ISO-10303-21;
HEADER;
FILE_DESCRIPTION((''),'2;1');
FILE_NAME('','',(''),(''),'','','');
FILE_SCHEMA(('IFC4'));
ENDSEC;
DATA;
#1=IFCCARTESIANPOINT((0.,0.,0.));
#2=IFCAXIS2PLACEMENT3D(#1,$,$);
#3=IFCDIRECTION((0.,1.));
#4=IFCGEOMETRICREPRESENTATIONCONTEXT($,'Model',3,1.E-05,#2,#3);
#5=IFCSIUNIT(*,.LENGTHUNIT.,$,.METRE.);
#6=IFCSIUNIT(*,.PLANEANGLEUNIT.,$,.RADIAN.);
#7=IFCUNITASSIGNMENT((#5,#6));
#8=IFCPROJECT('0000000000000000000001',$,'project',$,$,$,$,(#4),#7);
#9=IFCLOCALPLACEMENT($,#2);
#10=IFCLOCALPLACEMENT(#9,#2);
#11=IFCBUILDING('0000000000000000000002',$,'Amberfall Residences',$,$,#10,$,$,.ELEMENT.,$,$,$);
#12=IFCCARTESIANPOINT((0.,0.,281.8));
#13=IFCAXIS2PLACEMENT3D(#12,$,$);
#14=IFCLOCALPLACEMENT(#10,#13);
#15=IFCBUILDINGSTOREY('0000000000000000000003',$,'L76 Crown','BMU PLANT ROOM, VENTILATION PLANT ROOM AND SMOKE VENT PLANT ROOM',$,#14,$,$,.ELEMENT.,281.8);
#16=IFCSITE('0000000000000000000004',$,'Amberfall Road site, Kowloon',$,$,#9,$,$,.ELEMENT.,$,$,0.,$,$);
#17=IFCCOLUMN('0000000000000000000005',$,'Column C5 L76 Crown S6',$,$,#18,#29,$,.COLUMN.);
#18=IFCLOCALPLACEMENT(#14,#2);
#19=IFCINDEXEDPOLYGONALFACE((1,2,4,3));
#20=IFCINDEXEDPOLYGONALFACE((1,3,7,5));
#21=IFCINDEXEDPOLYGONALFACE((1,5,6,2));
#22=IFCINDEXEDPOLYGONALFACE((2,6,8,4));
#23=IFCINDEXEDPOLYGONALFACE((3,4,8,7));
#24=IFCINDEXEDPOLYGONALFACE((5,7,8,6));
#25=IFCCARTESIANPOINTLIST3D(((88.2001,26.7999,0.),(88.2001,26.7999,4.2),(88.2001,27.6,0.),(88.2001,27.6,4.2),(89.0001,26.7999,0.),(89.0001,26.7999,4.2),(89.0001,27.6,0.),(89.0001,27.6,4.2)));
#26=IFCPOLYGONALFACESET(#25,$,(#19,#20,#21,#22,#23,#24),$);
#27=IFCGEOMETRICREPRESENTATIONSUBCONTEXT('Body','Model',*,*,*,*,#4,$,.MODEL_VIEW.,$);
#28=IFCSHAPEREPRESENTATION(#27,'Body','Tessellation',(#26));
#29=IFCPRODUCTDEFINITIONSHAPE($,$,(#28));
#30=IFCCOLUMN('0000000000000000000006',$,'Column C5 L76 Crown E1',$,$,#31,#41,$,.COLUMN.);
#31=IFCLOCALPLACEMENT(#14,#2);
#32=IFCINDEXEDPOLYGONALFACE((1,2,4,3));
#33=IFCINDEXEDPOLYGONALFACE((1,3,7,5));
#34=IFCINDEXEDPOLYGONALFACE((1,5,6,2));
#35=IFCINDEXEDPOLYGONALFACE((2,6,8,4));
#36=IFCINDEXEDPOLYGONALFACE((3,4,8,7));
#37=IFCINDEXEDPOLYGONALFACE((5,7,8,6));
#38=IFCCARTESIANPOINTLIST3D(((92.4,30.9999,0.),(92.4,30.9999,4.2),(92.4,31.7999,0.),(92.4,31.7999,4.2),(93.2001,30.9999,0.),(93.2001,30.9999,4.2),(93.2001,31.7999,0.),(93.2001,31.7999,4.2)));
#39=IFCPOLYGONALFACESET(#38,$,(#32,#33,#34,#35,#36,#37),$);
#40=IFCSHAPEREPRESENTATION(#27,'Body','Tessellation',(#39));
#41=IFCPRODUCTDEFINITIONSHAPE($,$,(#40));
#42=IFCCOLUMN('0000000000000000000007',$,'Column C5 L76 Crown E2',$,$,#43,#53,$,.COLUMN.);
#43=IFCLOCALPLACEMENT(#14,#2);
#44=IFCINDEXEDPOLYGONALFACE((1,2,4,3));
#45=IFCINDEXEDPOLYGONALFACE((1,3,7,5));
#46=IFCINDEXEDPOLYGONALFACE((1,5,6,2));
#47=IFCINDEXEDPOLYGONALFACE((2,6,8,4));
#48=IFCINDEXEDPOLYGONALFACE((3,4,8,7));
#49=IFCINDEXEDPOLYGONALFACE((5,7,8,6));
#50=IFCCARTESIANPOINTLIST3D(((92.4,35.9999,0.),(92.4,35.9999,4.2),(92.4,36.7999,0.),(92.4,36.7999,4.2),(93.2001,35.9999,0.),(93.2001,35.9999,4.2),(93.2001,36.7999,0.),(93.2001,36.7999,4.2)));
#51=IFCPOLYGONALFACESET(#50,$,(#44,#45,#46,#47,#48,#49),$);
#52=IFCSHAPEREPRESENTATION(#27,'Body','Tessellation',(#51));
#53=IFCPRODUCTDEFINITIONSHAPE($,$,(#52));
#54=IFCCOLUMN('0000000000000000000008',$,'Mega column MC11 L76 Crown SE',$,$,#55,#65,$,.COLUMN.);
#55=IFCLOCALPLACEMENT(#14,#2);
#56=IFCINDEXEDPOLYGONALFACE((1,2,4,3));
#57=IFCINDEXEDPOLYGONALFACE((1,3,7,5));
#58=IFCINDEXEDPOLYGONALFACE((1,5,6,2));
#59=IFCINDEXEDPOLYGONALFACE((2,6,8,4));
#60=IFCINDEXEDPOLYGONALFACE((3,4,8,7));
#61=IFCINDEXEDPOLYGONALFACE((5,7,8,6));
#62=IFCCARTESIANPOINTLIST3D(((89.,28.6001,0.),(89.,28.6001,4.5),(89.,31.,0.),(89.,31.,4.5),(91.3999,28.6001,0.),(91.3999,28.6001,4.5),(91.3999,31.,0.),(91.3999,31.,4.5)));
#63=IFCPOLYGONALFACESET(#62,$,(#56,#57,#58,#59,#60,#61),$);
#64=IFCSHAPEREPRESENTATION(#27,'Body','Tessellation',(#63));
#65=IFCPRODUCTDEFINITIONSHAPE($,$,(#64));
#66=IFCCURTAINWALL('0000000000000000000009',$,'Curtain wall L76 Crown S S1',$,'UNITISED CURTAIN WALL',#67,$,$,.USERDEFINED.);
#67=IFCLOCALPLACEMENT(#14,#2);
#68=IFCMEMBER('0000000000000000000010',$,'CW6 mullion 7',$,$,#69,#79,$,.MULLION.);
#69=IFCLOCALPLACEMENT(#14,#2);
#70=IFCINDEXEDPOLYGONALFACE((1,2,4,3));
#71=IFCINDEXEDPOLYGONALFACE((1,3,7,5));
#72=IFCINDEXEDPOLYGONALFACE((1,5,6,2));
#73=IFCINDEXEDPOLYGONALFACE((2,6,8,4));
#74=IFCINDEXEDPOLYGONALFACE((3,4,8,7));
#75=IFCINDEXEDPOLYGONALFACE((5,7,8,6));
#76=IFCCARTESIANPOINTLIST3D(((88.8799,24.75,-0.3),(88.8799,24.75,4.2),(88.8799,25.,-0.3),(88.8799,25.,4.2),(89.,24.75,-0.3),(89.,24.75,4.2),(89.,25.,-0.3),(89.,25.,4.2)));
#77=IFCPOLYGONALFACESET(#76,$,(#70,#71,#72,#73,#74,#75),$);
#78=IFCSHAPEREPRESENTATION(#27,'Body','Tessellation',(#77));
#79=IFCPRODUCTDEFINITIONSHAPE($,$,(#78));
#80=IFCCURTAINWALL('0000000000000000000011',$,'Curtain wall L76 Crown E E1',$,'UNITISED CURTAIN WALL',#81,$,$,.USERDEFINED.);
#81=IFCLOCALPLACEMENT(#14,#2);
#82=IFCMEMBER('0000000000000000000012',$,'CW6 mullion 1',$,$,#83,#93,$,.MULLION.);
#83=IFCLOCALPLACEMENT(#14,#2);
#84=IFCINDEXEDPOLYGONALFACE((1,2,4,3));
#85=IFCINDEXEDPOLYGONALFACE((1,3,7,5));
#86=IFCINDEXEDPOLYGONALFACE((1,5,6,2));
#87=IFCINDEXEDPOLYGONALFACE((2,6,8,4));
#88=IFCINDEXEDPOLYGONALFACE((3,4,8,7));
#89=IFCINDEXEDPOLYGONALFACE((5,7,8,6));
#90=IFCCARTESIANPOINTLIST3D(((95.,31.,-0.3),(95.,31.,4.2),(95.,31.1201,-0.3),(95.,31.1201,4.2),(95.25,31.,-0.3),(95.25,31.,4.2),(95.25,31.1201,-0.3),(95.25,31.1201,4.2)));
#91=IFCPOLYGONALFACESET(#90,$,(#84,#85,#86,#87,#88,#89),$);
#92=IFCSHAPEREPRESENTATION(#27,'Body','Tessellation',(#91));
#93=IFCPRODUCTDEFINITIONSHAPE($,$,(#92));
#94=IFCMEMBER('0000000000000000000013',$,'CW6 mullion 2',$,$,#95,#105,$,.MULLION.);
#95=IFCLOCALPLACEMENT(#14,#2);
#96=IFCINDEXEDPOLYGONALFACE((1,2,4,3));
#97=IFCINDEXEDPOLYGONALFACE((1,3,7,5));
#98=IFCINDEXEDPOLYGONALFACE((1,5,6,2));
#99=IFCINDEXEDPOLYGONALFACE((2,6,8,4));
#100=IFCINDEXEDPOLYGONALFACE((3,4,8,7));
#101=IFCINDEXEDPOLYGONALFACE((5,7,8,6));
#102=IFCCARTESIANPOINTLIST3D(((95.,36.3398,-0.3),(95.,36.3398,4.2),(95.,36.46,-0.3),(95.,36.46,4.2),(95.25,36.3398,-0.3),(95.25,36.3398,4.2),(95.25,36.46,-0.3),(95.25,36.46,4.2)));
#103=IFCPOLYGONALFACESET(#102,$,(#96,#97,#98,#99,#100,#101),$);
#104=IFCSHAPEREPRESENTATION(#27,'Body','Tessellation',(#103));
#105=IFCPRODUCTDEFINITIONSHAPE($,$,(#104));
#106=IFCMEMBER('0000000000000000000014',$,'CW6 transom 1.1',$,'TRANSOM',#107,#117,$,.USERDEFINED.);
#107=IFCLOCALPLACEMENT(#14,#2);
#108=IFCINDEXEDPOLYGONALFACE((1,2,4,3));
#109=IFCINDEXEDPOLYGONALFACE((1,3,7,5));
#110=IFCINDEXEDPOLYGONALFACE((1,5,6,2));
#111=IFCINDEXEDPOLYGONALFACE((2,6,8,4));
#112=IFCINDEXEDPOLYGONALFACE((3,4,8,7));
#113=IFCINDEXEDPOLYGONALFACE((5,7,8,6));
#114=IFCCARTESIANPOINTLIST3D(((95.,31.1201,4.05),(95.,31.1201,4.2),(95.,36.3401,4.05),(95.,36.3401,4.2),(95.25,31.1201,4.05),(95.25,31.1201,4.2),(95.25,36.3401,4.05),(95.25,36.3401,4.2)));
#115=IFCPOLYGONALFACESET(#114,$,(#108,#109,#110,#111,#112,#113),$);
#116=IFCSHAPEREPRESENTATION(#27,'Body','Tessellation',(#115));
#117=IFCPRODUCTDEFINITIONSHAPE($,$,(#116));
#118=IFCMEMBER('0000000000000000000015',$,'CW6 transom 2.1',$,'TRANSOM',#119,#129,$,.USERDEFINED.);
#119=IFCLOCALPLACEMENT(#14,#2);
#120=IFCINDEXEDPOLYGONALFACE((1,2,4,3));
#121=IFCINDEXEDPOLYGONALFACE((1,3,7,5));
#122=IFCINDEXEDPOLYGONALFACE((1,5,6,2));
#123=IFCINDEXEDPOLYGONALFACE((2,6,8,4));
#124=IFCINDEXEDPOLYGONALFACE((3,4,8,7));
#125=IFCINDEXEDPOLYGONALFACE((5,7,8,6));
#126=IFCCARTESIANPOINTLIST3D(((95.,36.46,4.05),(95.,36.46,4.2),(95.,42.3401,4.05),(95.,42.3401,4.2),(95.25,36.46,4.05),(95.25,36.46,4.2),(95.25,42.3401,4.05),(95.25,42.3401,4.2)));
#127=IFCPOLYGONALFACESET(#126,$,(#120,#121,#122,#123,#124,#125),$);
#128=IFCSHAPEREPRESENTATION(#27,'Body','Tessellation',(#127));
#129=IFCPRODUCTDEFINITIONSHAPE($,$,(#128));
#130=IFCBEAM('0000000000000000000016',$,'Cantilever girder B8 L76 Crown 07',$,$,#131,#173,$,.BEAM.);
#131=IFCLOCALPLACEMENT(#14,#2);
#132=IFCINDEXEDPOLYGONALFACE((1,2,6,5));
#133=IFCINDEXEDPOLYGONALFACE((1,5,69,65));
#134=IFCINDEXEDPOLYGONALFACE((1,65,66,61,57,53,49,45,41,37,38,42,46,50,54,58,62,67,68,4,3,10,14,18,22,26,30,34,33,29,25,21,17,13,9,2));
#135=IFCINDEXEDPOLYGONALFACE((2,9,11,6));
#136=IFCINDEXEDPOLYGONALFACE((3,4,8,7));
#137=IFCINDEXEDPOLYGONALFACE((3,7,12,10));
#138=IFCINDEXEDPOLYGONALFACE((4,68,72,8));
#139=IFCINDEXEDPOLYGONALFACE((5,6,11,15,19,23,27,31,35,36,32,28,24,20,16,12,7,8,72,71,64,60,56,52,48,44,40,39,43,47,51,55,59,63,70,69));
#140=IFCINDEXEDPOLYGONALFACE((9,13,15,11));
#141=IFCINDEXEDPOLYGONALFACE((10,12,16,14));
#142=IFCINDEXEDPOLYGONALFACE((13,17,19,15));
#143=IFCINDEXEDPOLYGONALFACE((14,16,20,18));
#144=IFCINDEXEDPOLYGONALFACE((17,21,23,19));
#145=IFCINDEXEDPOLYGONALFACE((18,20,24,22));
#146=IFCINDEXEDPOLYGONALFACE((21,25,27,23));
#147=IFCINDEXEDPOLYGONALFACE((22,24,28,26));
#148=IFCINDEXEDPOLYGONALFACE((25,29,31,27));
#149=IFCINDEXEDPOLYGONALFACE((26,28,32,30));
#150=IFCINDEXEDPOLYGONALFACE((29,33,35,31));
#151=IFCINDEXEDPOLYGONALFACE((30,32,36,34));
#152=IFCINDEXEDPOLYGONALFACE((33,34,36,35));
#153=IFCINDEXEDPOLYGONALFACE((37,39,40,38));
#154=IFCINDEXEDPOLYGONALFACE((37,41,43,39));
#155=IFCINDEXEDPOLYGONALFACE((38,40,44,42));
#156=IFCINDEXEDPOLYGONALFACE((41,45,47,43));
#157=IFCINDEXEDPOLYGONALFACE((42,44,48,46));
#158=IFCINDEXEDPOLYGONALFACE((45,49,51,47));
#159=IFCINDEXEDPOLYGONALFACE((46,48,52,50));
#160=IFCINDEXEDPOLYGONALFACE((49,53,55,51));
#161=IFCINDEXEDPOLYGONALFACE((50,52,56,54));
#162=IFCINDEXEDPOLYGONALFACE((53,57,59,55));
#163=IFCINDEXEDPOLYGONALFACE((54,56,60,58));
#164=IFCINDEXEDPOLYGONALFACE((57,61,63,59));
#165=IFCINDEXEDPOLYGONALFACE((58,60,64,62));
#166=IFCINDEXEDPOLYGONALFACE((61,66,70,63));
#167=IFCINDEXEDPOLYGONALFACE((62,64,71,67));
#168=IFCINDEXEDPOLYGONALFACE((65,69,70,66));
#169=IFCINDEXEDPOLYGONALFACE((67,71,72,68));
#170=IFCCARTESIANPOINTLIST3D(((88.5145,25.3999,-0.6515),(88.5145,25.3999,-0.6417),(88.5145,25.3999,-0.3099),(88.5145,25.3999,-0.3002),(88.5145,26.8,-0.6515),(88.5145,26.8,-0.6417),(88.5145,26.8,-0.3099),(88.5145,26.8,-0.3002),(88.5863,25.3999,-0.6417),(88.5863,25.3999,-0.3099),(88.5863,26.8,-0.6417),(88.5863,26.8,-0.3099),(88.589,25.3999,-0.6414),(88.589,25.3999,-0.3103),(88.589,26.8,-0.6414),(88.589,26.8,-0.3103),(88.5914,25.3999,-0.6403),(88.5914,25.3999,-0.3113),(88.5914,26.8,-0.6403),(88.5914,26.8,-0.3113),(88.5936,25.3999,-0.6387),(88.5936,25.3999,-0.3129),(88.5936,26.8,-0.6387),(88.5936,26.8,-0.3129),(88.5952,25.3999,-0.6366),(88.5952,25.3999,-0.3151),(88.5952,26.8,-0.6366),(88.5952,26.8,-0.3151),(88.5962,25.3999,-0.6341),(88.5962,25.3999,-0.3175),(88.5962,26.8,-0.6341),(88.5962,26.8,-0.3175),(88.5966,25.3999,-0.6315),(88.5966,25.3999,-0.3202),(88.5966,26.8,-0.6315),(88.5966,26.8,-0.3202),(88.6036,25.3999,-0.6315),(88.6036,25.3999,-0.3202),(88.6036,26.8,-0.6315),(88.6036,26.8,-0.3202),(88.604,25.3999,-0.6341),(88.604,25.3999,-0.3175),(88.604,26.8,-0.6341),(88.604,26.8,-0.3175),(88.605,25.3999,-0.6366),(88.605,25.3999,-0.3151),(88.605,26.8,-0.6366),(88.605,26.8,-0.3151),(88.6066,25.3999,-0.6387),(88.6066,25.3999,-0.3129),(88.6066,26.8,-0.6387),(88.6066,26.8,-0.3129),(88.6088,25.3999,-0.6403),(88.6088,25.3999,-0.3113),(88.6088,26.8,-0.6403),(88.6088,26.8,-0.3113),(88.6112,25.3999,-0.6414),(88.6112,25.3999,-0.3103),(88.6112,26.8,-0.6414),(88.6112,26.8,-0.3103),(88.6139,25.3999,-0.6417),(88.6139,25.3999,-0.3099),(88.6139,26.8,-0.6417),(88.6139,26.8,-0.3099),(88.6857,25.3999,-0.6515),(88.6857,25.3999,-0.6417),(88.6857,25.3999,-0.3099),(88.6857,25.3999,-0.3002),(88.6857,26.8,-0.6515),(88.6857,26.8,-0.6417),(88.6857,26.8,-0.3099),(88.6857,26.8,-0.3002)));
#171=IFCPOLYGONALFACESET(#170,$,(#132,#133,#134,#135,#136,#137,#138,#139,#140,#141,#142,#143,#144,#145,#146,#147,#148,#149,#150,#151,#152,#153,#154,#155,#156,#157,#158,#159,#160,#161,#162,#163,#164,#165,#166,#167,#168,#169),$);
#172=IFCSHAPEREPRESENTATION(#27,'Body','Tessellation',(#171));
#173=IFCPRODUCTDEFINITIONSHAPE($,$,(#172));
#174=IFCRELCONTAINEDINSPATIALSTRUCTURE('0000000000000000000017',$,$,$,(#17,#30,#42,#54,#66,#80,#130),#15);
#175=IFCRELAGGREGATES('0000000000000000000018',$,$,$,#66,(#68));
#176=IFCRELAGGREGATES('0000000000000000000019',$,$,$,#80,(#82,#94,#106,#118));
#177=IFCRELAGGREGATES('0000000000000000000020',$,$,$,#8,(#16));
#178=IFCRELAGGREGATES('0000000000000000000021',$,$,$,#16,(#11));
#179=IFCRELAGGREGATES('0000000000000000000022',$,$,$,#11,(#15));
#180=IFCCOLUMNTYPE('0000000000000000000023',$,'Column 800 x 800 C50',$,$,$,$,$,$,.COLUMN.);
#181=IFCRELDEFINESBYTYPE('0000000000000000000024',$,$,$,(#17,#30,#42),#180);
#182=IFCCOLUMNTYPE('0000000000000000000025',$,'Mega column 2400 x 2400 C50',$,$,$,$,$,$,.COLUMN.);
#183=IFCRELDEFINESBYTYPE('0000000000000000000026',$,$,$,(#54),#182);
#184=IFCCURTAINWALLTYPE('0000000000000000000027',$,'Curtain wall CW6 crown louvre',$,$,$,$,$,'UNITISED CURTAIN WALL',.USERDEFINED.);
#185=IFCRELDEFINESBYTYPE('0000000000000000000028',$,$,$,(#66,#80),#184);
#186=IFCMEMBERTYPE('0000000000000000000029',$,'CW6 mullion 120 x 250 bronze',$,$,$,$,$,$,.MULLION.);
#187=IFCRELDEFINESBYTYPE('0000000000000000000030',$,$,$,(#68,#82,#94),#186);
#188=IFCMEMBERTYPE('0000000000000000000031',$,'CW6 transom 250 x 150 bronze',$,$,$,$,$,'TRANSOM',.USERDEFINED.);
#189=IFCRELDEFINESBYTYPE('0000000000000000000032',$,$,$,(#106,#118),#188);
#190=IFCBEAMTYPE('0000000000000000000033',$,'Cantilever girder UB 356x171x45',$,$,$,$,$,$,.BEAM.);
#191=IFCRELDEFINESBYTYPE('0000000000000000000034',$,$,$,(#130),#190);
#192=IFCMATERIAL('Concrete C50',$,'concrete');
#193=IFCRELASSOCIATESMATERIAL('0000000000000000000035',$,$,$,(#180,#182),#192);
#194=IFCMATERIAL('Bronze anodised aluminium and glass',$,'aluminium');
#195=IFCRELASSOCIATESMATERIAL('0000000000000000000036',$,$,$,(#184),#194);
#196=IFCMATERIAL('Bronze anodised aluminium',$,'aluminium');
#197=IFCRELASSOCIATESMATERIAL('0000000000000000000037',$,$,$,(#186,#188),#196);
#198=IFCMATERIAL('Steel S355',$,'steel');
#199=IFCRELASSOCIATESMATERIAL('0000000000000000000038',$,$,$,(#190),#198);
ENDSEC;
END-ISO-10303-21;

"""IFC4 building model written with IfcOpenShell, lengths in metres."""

from ifc_helpers import new_model, si_unit, direction, frame, origin, origin_2d, place, context, subcontext, project, spatial, rectangle, i_section, extrude, material, material_profile, profile_set, type_object, element, aggregate, save


model = new_model("IFC4")

# Units and contexts
model_context = context("Model", 3, precision=1e-05, world=origin(), true_north=direction((0.0, 1.0)))
body_context = subcontext(model_context, "Body", "Model", "MODEL_VIEW")
ifc_project = project(units=[si_unit("LENGTHUNIT", "METRE"), si_unit("PLANEANGLEUNIT", "RADIAN")], contexts=[model_context])

# Site, building, storey
site_placement = place(None, origin())
site = spatial("IfcSite", under=ifc_project, at=site_placement, Name="Amberfall Road site, Kowloon", CompositionType="ELEMENT", RefElevation=0.0)
building_placement = place(site_placement, origin())
building = spatial("IfcBuilding", under=site, at=building_placement, Name="Amberfall Residences", CompositionType="ELEMENT")
storey_placement = place(building_placement, frame((0.0, 0.0, 281.8)))
storey = spatial("IfcBuildingStorey", under=building, at=storey_placement, Name="L76 Crown", Description="BMU PLANT ROOM, VENTILATION PLANT ROOM AND SMOKE VENT PLANT ROOM", CompositionType="ELEMENT", Elevation=281.8)

# Columns
ifc_material_1 = material(Name="Concrete C50", Category="concrete")
ifc_material_profile_1 = material_profile(ifc_material_1, rectangle(XDim=0.8, YDim=0.8, at=origin_2d()), Name="Column 800 x 800 C50")
ifc_profile_set_1 = profile_set([ifc_material_profile_1], Name="Concrete C50")
column_type_1 = type_object("IfcColumnType", Name="Column 800 x 800 C50", PredefinedType="COLUMN", material=ifc_profile_set_1)
for number, where, z_axis, x_axis, name in (
    (1, (88.6001, 27.2, 0.0), (0.0, 0.0, 1.0), (1.0, 0.0, 0.0), "Column C5 L76 Crown S6"),
    (2, (92.8, 31.3999, 0.0), (0.0, 0.0, 1.0), (1.0, 0.0, 0.0), "Column C5 L76 Crown E1"),
    (3, (92.8, 36.3999, 0.0), (0.0, 0.0, 1.0), (1.0, 0.0, 0.0), "Column C5 L76 Crown E2"),
):
    element("IfcColumn", number, at=place(storey_placement, frame(where, z_axis=z_axis, x_axis=x_axis)), inside=storey, type_object=column_type_1, Name=name, PredefinedType="COLUMN", context=body_context, shape_type="SweptSolid", body=[
        extrude(rectangle(XDim=0.8, YDim=0.8, at=origin_2d()), origin(), (0.0, 0.0, 1.0), 4.2),
    ])
ifc_material_profile_2 = material_profile(ifc_material_1, rectangle(XDim=2.3999, YDim=2.3999, at=origin_2d()), Name="Mega column 2400 x 2400 C50")
ifc_profile_set_2 = profile_set([ifc_material_profile_2], Name="Concrete C50")
column_type_2 = type_object("IfcColumnType", Name="Mega column 2400 x 2400 C50", PredefinedType="COLUMN", material=ifc_profile_set_2)
column_placement = place(storey_placement, frame((90.2, 29.8, 0.0), z_axis=(0.0, 0.0, 1.0), x_axis=(1.0, 0.0, 0.0)))
element("IfcColumn", 4, at=column_placement, inside=storey, type_object=column_type_2, Name="Mega column MC11 L76 Crown SE", PredefinedType="COLUMN", context=body_context, shape_type="SweptSolid", body=[
    extrude(rectangle(XDim=2.3999, YDim=2.3999, at=origin_2d()), origin(), (0.0, 0.0, 1.0), 4.5),
])

# Curtain wall, member
ifc_material_2 = material(Name="Bronze anodised aluminium and glass", Category="aluminium")
curtain_wall_type = type_object("IfcCurtainWallType", Name="Curtain wall CW6 crown louvre", ElementType="UNITISED CURTAIN WALL", PredefinedType="USERDEFINED", material=ifc_material_2)
curtain_wall_1_placement = place(storey_placement, origin())
curtain_wall_1 = element("IfcCurtainWall", 5, at=curtain_wall_1_placement, inside=storey, type_object=curtain_wall_type, Name="Curtain wall L76 Crown S S1", ObjectType="UNITISED CURTAIN WALL", PredefinedType="USERDEFINED")
ifc_material_3 = material(Name="Bronze anodised aluminium", Category="aluminium")
ifc_material_profile_3 = material_profile(ifc_material_3, rectangle(XDim=0.25, YDim=0.1201, at=origin_2d()), Name="CW6 mullion 120 x 250 bronze")
ifc_profile_set_3 = profile_set([ifc_material_profile_3], Name="Bronze anodised aluminium")
member_type_1 = type_object("IfcMemberType", Name="CW6 mullion 120 x 250 bronze", PredefinedType="MULLION", material=ifc_profile_set_3)
member_1_placement = place(storey_placement, frame((88.9399, 24.875, -0.3), z_axis=(0.0, 0.0, 1.0), x_axis=(0.0, 1.0, 0.0)))
member_1 = element("IfcMember", 6, at=member_1_placement, type_object=member_type_1, Name="CW6 mullion 7", PredefinedType="MULLION", context=body_context, shape_type="SweptSolid", body=[
    extrude(rectangle(XDim=0.25, YDim=0.1201, at=origin_2d()), origin(), (0.0, 0.0, 1.0), 4.5),
])

# Curtain wall, members
curtain_wall_2_placement = place(storey_placement, origin())
curtain_wall_2 = element("IfcCurtainWall", 7, at=curtain_wall_2_placement, inside=storey, type_object=curtain_wall_type, Name="Curtain wall L76 Crown E E1", ObjectType="UNITISED CURTAIN WALL", PredefinedType="USERDEFINED")
member_2_placement = place(storey_placement, frame((95.125, 31.0601, -0.3), z_axis=(0.0, 0.0, 1.0), x_axis=(-1.0, 0.0, 0.0)))
member_2 = element("IfcMember", 8, at=member_2_placement, type_object=member_type_1, Name="CW6 mullion 1", PredefinedType="MULLION", context=body_context, shape_type="SweptSolid", body=[
    extrude(rectangle(XDim=0.25, YDim=0.1201, at=origin_2d()), origin(), (0.0, 0.0, 1.0), 4.5),
])
member_3_placement = place(storey_placement, frame((95.125, 36.3999, -0.3), z_axis=(0.0, 0.0, 1.0), x_axis=(-1.0, 0.0, 0.0)))
member_3 = element("IfcMember", 9, at=member_3_placement, type_object=member_type_1, Name="CW6 mullion 2", PredefinedType="MULLION", context=body_context, shape_type="SweptSolid", body=[
    extrude(rectangle(XDim=0.25, YDim=0.1201, at=origin_2d()), origin(), (0.0, 0.0, 1.0), 4.5),
])
ifc_material_profile_4 = material_profile(ifc_material_3, rectangle(XDim=0.25, YDim=0.1499, at=origin_2d()), Name="CW6 transom 250 x 150 bronze")
ifc_profile_set_4 = profile_set([ifc_material_profile_4], Name="Bronze anodised aluminium")
member_type_2 = type_object("IfcMemberType", Name="CW6 transom 250 x 150 bronze", ElementType="TRANSOM", PredefinedType="USERDEFINED", material=ifc_profile_set_4)
member_4_placement = place(storey_placement, frame((95.125, 31.1201, 4.125), z_axis=(0.0, 1.0, 0.0), x_axis=(-1.0, 0.0, 0.0)))
member_4 = element("IfcMember", 10, at=member_4_placement, type_object=member_type_2, Name="CW6 transom 1.1", ObjectType="TRANSOM", PredefinedType="USERDEFINED", context=body_context, shape_type="SweptSolid", body=[
    extrude(rectangle(XDim=0.25, YDim=0.1499, at=origin_2d()), origin(), (0.0, 0.0, 1.0), 5.22),
])
member_5_placement = place(storey_placement, frame((95.125, 36.46, 4.125), z_axis=(0.0, 1.0, 0.0), x_axis=(-1.0, 0.0, 0.0)))
member_5 = element("IfcMember", 11, at=member_5_placement, type_object=member_type_2, Name="CW6 transom 2.1", ObjectType="TRANSOM", PredefinedType="USERDEFINED", context=body_context, shape_type="SweptSolid", body=[
    extrude(rectangle(XDim=0.25, YDim=0.1499, at=origin_2d()), origin(), (0.0, 0.0, 1.0), 5.8801),
])

# Beam
ifc_material_4 = material(Name="Steel S355", Category="steel")
ifc_material_profile_5 = material_profile(ifc_material_4, i_section(OverallWidth=0.1711, OverallDepth=0.3513, WebThickness=0.0071, FlangeThickness=0.0098, FilletRadius=0.0103, at=origin_2d()), Name="UB 356x171x45")
ifc_profile_set_5 = profile_set([ifc_material_profile_5], Name="Steel S355")
beam_type_1 = type_object("IfcBeamType", Name="Cantilever girder UB 356x171x45", PredefinedType="BEAM", material=ifc_profile_set_5)
for number, where, z_axis, x_axis, name in (
    (12, (88.6001, 26.8, -0.4758), (0.0, -1.0, 0.0), (1.0, 0.0, 0.0), "Cantilever girder B8 L76 Crown 07"),
):
    element("IfcBeam", number, at=place(storey_placement, frame(where, z_axis=z_axis, x_axis=x_axis)), inside=storey, type_object=beam_type_1, Name=name, PredefinedType="BEAM", context=body_context, shape_type="SweptSolid", body=[
        extrude(i_section(OverallWidth=0.1711, OverallDepth=0.3513, WebThickness=0.0071, FlangeThickness=0.0098, FilletRadius=0.0103, at=origin_2d()), origin(), (0.0, 0.0, 1.0), 1.4001),
    ])

aggregate(curtain_wall_1, [member_1])
aggregate(curtain_wall_2, [member_2, member_3, member_4, member_5])

save(model, "model.ifc")
